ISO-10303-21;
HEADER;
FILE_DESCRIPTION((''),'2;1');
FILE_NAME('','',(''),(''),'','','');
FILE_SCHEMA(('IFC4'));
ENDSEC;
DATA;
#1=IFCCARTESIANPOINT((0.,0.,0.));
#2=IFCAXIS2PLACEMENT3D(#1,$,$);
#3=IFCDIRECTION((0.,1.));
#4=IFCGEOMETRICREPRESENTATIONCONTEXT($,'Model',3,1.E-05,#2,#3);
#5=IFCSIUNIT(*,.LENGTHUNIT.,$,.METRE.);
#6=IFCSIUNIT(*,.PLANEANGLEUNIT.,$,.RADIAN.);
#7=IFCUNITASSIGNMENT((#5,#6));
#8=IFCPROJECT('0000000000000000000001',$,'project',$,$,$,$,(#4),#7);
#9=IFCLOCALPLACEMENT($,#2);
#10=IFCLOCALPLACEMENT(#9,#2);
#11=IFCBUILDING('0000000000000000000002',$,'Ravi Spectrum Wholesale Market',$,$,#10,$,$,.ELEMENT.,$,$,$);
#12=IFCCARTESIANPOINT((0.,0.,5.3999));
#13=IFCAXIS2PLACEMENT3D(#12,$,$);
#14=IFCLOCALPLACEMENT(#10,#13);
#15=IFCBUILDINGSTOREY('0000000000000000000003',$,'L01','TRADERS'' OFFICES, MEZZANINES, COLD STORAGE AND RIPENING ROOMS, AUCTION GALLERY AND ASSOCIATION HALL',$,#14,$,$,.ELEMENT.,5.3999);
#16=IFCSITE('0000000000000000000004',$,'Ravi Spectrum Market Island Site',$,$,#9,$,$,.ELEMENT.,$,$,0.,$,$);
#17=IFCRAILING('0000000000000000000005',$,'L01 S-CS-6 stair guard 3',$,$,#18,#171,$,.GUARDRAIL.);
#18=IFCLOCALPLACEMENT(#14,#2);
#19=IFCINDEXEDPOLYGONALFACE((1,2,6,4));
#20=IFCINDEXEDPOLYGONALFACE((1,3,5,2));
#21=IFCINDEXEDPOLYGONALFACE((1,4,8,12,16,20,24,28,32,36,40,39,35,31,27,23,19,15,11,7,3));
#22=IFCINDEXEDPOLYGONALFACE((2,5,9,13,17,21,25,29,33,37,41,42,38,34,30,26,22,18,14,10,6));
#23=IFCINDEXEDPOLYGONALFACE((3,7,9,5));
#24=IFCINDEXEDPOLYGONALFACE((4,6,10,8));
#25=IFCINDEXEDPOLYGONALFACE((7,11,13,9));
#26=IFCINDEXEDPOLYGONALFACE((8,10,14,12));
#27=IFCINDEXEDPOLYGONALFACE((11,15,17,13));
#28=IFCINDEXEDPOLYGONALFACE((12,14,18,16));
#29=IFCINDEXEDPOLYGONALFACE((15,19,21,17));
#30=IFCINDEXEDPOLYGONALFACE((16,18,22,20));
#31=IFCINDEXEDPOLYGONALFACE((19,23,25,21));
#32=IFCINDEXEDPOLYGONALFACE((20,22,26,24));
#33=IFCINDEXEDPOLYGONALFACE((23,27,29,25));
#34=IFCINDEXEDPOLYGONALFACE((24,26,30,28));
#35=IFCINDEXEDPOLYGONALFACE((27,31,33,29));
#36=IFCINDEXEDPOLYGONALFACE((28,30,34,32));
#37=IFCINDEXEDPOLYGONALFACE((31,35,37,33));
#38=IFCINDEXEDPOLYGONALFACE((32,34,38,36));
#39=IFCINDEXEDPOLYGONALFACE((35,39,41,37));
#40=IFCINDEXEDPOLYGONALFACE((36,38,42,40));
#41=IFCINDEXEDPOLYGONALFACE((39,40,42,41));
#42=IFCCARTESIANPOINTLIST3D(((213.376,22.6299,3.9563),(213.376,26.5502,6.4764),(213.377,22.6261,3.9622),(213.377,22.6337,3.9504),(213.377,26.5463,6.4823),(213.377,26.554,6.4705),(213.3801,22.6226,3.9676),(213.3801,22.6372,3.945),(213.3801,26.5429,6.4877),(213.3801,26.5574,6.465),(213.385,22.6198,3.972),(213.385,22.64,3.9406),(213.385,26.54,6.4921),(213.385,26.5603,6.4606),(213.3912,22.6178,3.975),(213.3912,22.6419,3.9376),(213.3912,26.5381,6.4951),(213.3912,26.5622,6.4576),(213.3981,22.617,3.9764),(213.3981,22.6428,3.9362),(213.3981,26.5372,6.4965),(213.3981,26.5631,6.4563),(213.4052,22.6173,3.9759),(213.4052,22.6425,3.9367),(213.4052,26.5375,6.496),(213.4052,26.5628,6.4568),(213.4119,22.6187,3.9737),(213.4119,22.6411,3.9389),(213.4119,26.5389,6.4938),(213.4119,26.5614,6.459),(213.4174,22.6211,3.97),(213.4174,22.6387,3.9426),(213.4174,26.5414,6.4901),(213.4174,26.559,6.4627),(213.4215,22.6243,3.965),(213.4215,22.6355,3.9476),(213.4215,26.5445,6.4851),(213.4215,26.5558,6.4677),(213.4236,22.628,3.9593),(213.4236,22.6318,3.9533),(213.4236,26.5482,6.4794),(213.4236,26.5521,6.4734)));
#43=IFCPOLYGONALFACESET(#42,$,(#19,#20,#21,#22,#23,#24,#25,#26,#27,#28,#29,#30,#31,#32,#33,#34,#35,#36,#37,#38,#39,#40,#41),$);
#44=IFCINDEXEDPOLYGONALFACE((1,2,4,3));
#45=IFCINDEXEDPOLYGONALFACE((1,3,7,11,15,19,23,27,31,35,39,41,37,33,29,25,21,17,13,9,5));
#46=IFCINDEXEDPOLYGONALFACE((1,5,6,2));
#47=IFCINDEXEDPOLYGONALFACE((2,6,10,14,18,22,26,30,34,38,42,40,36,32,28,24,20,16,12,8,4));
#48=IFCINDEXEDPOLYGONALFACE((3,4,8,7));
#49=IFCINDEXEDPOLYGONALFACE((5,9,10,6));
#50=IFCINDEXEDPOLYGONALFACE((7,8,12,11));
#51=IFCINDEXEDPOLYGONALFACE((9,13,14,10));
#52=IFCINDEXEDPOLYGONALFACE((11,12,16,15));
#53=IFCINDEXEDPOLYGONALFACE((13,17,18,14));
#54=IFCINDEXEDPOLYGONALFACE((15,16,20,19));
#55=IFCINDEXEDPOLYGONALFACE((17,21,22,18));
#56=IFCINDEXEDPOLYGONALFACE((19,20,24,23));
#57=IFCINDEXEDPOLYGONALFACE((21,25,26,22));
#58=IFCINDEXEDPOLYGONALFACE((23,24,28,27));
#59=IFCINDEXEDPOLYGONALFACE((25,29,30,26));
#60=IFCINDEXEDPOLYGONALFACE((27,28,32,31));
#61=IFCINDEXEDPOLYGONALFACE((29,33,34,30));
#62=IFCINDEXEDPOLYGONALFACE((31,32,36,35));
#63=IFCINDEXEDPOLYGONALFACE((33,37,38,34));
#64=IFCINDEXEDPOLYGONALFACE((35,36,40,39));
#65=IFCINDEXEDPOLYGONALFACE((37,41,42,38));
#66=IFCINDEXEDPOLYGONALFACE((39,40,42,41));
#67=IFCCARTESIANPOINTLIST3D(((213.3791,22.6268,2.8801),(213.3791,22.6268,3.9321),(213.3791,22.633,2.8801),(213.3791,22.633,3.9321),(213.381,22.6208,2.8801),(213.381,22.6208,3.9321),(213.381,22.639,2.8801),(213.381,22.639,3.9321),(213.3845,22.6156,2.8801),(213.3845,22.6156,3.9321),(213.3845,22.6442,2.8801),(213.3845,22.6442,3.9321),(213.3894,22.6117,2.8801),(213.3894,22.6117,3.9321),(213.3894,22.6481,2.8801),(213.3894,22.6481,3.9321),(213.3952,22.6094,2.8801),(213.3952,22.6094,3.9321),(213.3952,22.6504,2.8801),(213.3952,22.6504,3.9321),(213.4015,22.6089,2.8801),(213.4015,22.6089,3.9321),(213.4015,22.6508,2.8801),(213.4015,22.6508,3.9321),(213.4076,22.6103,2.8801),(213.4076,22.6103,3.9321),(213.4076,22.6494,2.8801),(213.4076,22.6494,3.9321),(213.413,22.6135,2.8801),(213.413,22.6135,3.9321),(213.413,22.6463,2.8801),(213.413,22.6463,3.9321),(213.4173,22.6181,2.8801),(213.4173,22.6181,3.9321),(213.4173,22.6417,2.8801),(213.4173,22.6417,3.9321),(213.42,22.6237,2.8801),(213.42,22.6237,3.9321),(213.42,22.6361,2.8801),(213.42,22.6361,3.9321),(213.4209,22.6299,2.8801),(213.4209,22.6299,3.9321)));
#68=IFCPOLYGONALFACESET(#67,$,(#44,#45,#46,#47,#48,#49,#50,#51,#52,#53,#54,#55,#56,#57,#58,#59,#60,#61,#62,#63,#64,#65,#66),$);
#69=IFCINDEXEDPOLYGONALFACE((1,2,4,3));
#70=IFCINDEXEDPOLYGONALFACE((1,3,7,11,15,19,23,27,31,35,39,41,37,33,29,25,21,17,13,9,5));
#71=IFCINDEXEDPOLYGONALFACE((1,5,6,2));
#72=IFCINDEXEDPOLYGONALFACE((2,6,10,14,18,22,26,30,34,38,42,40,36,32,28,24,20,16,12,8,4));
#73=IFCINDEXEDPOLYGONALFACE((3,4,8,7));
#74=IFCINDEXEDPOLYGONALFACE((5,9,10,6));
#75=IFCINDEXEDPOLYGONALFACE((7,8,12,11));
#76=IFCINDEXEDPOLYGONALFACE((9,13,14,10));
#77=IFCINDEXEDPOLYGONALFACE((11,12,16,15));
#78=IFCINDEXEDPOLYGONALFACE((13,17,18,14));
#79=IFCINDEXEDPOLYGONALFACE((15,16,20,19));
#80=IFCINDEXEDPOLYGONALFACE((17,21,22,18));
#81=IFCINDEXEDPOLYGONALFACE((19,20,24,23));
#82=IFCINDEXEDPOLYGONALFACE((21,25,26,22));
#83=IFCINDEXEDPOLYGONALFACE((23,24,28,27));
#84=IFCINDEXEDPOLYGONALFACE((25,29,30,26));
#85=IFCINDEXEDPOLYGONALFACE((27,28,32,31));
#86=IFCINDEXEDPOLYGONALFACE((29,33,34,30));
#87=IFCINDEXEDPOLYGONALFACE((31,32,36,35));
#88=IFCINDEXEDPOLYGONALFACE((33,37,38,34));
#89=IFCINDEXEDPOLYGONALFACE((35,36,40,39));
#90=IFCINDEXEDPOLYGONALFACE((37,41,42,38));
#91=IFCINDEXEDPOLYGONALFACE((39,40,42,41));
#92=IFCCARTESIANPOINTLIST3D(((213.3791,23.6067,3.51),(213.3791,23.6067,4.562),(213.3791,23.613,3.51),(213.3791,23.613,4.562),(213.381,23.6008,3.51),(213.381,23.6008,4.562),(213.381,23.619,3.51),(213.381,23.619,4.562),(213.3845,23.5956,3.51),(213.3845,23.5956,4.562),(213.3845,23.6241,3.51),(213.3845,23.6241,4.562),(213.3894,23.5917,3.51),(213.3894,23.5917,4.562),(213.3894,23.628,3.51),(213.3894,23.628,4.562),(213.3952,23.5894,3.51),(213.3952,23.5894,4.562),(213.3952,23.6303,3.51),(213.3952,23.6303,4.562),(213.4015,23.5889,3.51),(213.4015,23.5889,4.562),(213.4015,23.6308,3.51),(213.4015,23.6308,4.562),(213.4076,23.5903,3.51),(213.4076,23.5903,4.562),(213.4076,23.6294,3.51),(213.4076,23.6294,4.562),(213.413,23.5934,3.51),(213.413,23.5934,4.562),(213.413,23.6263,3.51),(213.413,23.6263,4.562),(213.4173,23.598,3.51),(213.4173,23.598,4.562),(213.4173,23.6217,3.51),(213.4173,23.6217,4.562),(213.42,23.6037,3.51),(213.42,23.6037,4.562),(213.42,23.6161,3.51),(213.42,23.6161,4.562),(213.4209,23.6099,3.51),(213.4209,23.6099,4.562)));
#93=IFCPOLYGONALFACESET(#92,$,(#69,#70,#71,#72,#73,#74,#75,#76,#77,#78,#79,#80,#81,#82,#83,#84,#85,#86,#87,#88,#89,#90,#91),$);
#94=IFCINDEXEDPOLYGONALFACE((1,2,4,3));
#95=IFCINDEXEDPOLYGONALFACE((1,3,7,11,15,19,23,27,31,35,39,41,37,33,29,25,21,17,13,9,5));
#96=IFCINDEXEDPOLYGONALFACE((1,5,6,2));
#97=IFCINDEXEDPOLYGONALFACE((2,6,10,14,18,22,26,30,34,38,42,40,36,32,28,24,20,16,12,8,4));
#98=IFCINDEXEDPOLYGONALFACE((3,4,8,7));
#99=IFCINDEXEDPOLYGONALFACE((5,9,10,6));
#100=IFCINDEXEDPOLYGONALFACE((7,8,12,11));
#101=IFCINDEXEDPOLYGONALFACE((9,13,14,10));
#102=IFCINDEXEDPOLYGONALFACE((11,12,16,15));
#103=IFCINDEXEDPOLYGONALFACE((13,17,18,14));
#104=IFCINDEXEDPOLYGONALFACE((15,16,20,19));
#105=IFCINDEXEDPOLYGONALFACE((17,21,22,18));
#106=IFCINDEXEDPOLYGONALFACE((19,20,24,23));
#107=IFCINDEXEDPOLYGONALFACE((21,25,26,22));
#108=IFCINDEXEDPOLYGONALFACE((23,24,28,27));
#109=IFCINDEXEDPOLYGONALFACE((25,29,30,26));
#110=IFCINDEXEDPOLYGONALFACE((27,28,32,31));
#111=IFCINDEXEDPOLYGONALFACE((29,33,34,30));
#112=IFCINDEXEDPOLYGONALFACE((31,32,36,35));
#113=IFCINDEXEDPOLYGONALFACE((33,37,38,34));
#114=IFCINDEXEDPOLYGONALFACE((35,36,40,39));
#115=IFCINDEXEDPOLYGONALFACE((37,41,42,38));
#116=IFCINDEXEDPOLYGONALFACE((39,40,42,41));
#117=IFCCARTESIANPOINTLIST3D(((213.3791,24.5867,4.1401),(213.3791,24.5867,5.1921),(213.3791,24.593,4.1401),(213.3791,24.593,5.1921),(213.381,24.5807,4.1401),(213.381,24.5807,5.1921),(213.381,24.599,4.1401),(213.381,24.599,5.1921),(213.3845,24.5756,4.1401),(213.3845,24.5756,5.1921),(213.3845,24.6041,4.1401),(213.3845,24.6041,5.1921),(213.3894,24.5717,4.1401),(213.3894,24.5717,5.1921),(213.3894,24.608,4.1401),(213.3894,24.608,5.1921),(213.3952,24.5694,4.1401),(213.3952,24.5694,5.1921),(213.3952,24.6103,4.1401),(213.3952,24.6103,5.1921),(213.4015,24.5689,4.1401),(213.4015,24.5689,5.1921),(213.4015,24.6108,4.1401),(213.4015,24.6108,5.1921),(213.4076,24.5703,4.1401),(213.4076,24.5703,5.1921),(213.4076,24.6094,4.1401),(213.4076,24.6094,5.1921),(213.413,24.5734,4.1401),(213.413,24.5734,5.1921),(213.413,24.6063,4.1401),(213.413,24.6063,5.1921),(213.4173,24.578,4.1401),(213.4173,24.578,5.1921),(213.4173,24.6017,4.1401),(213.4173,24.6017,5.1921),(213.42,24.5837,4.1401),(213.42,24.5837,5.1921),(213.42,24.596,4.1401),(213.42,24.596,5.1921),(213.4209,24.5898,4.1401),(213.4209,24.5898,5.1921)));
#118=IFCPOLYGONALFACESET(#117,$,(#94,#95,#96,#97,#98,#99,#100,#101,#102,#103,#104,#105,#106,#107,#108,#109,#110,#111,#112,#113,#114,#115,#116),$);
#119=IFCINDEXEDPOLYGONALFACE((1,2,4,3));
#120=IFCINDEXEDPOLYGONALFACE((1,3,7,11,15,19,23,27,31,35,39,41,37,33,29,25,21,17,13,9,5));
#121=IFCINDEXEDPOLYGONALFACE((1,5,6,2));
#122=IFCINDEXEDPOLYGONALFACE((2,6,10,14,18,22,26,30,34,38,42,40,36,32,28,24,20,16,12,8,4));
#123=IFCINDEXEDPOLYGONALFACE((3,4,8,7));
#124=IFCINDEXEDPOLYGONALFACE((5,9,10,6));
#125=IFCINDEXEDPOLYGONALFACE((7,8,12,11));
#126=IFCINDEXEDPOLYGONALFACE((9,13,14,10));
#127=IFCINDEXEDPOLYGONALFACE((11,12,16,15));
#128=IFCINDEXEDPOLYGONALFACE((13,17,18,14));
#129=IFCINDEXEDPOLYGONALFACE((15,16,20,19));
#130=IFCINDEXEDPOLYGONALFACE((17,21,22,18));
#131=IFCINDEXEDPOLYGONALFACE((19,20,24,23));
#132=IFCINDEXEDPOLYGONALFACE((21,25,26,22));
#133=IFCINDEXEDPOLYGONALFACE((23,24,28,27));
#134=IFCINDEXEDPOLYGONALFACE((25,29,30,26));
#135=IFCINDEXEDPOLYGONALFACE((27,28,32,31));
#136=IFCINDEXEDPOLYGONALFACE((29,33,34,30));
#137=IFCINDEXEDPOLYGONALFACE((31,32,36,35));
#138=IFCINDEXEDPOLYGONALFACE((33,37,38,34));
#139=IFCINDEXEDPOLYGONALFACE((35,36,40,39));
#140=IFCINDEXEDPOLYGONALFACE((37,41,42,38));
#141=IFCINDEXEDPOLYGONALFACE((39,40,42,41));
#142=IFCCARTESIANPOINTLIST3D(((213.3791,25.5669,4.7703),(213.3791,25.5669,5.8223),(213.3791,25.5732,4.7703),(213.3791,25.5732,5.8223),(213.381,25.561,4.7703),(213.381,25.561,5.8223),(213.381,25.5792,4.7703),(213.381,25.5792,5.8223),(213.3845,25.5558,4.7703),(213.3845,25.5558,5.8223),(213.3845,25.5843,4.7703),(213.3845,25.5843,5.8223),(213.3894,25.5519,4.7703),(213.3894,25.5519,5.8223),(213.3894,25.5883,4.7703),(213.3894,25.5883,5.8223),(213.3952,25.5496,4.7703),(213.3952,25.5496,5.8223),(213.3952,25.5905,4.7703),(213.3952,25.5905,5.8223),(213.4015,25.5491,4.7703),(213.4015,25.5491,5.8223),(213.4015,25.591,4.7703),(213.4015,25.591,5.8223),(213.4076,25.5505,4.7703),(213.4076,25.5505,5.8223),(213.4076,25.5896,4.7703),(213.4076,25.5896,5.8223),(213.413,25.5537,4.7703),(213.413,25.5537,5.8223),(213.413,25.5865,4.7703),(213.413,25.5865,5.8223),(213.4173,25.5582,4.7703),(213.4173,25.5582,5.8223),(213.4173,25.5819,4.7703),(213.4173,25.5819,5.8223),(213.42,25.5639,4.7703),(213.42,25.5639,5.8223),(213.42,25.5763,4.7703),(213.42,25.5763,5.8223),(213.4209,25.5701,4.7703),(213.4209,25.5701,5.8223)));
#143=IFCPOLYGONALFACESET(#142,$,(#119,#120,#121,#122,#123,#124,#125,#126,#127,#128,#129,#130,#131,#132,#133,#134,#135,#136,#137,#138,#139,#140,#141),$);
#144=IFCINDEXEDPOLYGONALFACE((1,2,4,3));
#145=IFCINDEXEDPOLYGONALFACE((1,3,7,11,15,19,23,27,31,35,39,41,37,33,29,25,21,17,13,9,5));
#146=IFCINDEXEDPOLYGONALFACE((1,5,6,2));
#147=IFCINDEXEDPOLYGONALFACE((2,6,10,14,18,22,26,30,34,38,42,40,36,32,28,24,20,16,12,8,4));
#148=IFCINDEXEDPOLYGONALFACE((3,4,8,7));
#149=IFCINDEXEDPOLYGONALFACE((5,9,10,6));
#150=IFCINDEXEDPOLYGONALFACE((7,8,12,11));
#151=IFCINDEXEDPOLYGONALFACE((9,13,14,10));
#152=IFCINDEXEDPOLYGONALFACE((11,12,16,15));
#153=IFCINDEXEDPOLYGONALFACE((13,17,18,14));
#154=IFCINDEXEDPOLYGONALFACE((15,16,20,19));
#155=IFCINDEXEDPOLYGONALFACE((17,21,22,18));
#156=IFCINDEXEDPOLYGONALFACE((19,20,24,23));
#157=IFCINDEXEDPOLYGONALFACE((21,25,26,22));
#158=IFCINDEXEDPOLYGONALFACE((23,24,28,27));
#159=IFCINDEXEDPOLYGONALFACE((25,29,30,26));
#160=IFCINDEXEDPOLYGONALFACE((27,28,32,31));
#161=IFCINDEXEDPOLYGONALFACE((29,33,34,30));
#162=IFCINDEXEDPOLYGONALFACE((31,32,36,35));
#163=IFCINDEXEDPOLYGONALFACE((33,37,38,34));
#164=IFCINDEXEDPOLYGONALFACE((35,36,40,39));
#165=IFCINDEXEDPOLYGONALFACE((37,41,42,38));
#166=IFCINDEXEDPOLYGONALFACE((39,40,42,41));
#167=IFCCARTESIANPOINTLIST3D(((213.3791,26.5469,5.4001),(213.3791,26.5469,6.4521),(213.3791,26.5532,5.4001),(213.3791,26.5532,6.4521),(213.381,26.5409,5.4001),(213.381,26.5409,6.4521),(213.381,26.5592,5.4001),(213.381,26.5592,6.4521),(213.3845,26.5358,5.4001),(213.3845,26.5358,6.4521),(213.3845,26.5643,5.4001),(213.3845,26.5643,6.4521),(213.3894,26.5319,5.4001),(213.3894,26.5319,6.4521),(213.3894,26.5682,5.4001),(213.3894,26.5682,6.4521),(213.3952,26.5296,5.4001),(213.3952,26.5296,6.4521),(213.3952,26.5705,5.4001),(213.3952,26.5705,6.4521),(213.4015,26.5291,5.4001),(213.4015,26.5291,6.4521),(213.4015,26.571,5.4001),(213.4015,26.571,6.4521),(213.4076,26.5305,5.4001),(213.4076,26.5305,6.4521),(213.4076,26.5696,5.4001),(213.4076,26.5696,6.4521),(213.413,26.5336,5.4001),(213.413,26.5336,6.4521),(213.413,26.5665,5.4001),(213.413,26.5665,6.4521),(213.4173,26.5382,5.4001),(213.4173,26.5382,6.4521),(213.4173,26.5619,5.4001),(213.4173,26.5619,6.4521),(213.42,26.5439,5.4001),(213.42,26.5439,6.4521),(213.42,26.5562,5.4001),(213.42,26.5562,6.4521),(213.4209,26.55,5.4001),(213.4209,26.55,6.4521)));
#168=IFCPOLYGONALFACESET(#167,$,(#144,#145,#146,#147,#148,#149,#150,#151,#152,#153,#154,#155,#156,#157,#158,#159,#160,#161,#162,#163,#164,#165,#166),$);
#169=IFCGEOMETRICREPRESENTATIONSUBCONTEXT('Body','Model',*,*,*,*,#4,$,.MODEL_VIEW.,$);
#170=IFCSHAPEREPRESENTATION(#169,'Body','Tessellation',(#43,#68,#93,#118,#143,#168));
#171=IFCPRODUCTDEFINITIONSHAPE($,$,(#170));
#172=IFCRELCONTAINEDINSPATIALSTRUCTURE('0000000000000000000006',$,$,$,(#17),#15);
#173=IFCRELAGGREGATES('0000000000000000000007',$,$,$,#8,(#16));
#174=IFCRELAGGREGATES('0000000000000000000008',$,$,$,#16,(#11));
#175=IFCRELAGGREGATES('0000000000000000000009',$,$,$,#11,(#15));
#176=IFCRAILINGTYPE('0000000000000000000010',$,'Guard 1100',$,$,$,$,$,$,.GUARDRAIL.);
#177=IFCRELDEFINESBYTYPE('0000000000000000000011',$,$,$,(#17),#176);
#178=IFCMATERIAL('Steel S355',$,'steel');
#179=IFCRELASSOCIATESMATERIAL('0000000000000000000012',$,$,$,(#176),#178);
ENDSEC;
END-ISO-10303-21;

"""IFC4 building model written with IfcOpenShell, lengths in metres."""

from ifc_helpers import new_model, si_unit, direction, frame, origin, origin_2d, place, context, subcontext, project, spatial, circle, extrude, material, type_object, element, save


model = new_model("IFC4")

# Units and contexts
model_context = context("Model", 3, precision=1e-05, world=origin(), true_north=direction((0.0, 1.0)))
body_context = subcontext(model_context, "Body", "Model", "MODEL_VIEW")
ifc_project = project(units=[si_unit("LENGTHUNIT", "METRE"), si_unit("PLANEANGLEUNIT", "RADIAN")], contexts=[model_context])

# Site, building, storey
site_placement = place(None, origin())
site = spatial("IfcSite", under=ifc_project, at=site_placement, Name="Ravi Spectrum Market Island Site", CompositionType="ELEMENT", RefElevation=0.0)
building_placement = place(site_placement, origin())
building = spatial("IfcBuilding", under=site, at=building_placement, Name="Ravi Spectrum Wholesale Market", CompositionType="ELEMENT")
storey_placement = place(building_placement, frame((0.0, 0.0, 5.3999)))
storey = spatial("IfcBuildingStorey", under=building, at=storey_placement, Name="L01", Description="TRADERS' OFFICES, MEZZANINES, COLD STORAGE AND RIPENING ROOMS, AUCTION GALLERY AND ASSOCIATION HALL", CompositionType="ELEMENT", Elevation=5.3999)

# Railing
ifc_material_1 = material(Name="Steel S355", Category="steel")
railing_type_1 = type_object("IfcRailingType", Name="Guard 1100", PredefinedType="GUARDRAIL", material=ifc_material_1)
railing_1_placement = place(storey_placement, frame((213.3999, 22.6299, 2.8801)))
element("IfcRailing", 1, at=railing_1_placement, inside=storey, type_object=railing_type_1, Name="L01 S-CS-6 stair guard 3", PredefinedType="GUARDRAIL", context=body_context, shape_type="SweptSolid", body=[
    extrude(circle(Radius=0.0239, at=origin_2d()), frame((0.0, 0.0, 1.0762), z_axis=(0.0, 0.841187, 0.540744), x_axis=(-1.0, 0.0, 0.0)), (0.0, 0.0, 1.0), 4.6604),
    extrude(circle(Radius=0.021, at=origin_2d()), origin(), (0.0, 0.0, 1.0), 1.052),
    extrude(circle(Radius=0.021, at=origin_2d()), frame((0.0, 0.98, 0.6299)), (0.0, 0.0, 1.0), 1.052),
    extrude(circle(Radius=0.021, at=origin_2d()), frame((0.0, 1.96, 1.26)), (0.0, 0.0, 1.0), 1.052),
    extrude(circle(Radius=0.021, at=origin_2d()), frame((0.0, 2.9402, 1.8901)), (0.0, 0.0, 1.0), 1.052),
    extrude(circle(Radius=0.021, at=origin_2d()), frame((0.0, 3.9202, 2.52)), (0.0, 0.0, 1.0), 1.052),
])

save(model, "model.ifc")
